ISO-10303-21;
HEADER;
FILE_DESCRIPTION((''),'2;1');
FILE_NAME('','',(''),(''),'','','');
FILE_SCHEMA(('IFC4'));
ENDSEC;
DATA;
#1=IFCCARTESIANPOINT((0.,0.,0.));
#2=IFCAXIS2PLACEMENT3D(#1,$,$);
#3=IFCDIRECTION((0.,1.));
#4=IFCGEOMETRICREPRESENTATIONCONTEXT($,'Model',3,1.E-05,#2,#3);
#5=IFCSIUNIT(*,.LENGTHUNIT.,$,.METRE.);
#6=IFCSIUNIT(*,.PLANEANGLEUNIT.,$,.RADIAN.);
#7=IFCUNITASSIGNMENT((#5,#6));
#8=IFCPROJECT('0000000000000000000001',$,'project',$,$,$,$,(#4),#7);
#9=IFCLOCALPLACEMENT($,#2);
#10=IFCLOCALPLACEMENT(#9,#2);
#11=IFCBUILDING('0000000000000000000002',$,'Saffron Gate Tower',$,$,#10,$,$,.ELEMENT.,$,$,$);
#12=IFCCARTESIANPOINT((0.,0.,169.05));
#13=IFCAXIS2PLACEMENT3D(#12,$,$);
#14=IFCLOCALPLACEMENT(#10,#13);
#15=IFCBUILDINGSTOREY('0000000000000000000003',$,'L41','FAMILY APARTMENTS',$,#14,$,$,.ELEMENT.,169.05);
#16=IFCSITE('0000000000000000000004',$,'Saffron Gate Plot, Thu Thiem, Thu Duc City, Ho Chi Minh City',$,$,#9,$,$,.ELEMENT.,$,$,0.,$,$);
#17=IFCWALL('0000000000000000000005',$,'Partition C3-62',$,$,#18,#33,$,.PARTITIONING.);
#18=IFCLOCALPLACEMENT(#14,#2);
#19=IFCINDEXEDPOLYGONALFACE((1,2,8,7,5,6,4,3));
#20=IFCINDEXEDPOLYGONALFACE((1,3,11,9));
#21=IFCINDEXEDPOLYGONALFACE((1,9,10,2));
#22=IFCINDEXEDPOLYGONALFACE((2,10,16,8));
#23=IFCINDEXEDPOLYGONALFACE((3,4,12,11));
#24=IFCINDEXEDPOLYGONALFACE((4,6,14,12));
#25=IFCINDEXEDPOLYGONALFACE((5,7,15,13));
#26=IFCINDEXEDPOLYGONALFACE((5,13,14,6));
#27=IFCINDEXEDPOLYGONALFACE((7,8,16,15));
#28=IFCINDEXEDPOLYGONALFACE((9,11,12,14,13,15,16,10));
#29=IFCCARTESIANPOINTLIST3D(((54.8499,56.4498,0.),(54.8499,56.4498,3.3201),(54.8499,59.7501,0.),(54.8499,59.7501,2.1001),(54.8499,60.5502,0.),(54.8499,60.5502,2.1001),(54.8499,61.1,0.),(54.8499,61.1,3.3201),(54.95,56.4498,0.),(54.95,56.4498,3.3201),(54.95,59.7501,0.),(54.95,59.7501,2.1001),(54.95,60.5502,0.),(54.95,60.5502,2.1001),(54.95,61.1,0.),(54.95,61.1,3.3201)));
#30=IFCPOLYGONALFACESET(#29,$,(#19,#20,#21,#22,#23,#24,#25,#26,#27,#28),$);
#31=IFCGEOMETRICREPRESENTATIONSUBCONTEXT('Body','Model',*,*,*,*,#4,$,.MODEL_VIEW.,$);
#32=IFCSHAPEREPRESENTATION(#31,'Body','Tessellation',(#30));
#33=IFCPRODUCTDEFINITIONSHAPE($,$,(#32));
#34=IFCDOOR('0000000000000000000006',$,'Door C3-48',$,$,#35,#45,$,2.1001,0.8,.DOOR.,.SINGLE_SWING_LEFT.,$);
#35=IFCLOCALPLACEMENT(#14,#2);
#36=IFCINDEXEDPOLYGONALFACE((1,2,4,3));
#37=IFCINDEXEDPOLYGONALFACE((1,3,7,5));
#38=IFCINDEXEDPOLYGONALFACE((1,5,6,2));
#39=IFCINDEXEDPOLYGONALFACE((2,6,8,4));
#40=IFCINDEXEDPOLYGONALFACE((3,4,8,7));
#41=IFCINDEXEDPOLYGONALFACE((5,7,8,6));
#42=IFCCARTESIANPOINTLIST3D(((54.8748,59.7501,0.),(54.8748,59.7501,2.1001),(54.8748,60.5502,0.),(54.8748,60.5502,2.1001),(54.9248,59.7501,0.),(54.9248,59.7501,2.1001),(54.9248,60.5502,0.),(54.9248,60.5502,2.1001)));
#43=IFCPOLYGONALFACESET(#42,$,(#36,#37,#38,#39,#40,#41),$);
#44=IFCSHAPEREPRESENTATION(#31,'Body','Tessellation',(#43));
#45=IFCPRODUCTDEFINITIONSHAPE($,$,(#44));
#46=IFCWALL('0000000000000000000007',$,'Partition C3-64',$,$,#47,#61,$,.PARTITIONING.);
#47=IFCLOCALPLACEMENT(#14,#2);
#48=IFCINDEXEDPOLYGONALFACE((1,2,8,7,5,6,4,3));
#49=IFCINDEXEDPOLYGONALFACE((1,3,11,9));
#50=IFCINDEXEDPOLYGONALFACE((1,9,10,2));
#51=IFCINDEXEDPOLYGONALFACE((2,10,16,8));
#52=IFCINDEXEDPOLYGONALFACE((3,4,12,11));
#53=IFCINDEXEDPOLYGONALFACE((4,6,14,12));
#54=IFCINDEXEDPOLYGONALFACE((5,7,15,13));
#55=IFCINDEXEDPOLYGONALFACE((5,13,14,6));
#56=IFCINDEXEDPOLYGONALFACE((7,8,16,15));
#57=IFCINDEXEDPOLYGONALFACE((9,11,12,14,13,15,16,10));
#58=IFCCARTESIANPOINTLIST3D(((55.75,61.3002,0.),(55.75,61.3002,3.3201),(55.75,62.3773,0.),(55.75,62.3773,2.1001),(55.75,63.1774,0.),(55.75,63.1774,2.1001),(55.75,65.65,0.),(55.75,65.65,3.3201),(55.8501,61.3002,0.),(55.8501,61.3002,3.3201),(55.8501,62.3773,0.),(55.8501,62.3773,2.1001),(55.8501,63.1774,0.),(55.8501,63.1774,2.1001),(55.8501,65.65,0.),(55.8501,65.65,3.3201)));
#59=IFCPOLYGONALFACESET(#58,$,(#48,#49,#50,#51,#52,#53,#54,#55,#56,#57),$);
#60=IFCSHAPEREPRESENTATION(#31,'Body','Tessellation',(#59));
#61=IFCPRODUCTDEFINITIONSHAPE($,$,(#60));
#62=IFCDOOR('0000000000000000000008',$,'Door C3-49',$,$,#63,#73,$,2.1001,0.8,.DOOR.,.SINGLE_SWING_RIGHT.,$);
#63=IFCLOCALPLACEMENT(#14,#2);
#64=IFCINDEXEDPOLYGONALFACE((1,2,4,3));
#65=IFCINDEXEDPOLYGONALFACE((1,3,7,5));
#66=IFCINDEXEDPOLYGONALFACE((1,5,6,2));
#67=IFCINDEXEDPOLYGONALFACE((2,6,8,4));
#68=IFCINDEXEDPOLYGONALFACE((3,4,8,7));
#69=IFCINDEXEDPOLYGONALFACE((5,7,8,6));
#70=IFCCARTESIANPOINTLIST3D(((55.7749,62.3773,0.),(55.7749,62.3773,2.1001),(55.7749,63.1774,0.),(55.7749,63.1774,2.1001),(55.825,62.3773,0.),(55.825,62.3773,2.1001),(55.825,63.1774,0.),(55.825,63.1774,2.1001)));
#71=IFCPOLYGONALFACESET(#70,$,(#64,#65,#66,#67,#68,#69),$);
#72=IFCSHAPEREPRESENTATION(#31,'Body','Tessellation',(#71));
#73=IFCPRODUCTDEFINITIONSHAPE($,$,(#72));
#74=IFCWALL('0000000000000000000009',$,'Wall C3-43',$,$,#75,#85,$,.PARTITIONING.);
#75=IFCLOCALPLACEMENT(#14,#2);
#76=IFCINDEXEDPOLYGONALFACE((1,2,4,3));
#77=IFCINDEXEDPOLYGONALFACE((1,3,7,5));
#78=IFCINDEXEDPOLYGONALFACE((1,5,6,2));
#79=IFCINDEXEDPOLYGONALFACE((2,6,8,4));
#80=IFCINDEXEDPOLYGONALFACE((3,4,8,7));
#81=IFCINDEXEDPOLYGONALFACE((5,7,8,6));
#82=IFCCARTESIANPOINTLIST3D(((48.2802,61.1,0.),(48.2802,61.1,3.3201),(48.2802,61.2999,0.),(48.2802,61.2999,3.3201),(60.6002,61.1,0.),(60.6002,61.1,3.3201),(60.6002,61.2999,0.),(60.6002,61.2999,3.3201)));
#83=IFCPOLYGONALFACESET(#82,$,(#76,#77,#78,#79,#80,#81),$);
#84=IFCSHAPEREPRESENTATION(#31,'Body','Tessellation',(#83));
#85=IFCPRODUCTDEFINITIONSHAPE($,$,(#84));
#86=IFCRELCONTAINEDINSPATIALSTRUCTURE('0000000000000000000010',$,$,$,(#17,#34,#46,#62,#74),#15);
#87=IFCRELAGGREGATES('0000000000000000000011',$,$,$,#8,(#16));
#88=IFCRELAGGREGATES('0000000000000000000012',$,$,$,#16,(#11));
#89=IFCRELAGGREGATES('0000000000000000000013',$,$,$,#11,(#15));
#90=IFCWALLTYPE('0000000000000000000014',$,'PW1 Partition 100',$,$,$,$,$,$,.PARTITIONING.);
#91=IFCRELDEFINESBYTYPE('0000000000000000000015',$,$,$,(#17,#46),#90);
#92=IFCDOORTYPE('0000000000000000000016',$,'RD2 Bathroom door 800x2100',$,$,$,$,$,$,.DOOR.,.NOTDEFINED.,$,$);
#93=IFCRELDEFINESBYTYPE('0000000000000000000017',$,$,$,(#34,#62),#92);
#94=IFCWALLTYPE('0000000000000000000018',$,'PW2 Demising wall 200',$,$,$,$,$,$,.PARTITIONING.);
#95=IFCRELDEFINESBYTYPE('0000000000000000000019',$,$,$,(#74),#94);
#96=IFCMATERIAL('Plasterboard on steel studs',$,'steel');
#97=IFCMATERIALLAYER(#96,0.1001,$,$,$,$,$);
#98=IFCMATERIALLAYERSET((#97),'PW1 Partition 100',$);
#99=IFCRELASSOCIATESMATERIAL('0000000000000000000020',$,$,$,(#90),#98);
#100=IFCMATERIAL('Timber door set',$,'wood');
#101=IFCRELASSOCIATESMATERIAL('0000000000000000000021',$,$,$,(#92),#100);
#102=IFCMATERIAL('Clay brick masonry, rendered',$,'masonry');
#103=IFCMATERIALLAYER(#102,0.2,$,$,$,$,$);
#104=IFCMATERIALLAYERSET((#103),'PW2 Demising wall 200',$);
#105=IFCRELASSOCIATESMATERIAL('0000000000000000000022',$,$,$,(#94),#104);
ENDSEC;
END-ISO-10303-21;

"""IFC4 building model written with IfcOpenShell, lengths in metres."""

from ifc_helpers import new_model, si_unit, direction, frame, frame_2d, origin, place, context, subcontext, project, spatial, rectangle, extrude, material, layer, layer_set, type_object, element, fill, save


model = new_model("IFC4")

# Units and contexts
model_context = context("Model", 3, precision=1e-05, world=origin(), true_north=direction((0.0, 1.0)))
body_context = subcontext(model_context, "Body", "Model", "MODEL_VIEW")
ifc_project = project(units=[si_unit("LENGTHUNIT", "METRE"), si_unit("PLANEANGLEUNIT", "RADIAN")], contexts=[model_context])

# Site, building, storey
site_placement = place(None, origin())
site = spatial("IfcSite", under=ifc_project, at=site_placement, Name="Saffron Gate Plot, Thu Thiem, Thu Duc City, Ho Chi Minh City", CompositionType="ELEMENT", RefElevation=0.0)
building_placement = place(site_placement, origin())
building = spatial("IfcBuilding", under=site, at=building_placement, Name="Saffron Gate Tower", CompositionType="ELEMENT")
storey_placement = place(building_placement, frame((0.0, 0.0, 169.05)))
storey = spatial("IfcBuildingStorey", under=building, at=storey_placement, Name="L41", Description="FAMILY APARTMENTS", CompositionType="ELEMENT", Elevation=169.05)

# Shared definitions
ifc_material_1 = material(Name="Plasterboard on steel studs", Category="steel")
ifc_layer_1 = layer(ifc_material_1, 0.1001)
ifc_layer_set_1 = layer_set([ifc_layer_1], Name="PW1 Partition 100")
wall_type_1 = type_object("IfcWallType", Name="PW1 Partition 100", PredefinedType="PARTITIONING", material=ifc_layer_set_1)

# Shared definitions
ifc_material_2 = material(Name="Timber door set", Category="wood")

# Walls, openings, doors
wall_1_placement = place(storey_placement, frame((54.8999, 61.1001, 0.0), z_axis=(0.0, 0.0, 1.0), x_axis=(0.0, -1.0, 0.0)))
wall_1 = element("IfcWall", 1, at=wall_1_placement, inside=storey, type_object=wall_type_1, Name="Partition C3-62", PredefinedType="PARTITIONING", context=body_context, shape_type="SweptSolid", body=[
    extrude(rectangle(XDim=4.6501, YDim=0.1001, at=frame_2d((2.3252, 0.0))), origin(), (0.0, 0.0, 1.0), 3.3201),
])
opening_1_placement = place(wall_1_placement, frame((0.55, 0.0, 0.0)))
opening_1 = element("IfcOpeningElement", 2, at=opening_1_placement, cuts=wall_1, PredefinedType="OPENING", context=body_context, shape_type="SweptSolid", body=[
    extrude(rectangle(XDim=0.8, YDim=2.1001, at=frame_2d((0.3999, 1.05))), frame((0.0, 0.0601, 0.0), z_axis=(0.0, -1.0, 0.0), x_axis=(1.0, 0.0, 0.0)), (0.0, 0.0, 1.0), 0.1201),
])
door_type_1 = type_object("IfcDoorType", Name="RD2 Bathroom door 800x2100", OperationType="NOTDEFINED", PredefinedType="DOOR", material=ifc_material_2)
door_1_placement = place(opening_1_placement, origin())
door_1 = element("IfcDoor", 3, at=door_1_placement, inside=storey, type_object=door_type_1, Name="Door C3-48", OperationType="SINGLE_SWING_LEFT", OverallHeight=2.1001, OverallWidth=0.8, PredefinedType="DOOR", context=body_context, shape_type="SweptSolid", body=[
    extrude(rectangle(XDim=0.8, YDim=2.1001, at=frame_2d((0.3999, 1.05))), frame((0.0, 0.0249, 0.0), z_axis=(0.0, -1.0, 0.0), x_axis=(1.0, 0.0, 0.0)), (0.0, 0.0, 1.0), 0.05),
])
fill(opening_1, door_1)
wall_2_placement = place(storey_placement, frame((55.8, 65.6499, 0.0), z_axis=(0.0, 0.0, 1.0), x_axis=(0.0, -1.0, 0.0)))
wall_2 = element("IfcWall", 4, at=wall_2_placement, inside=storey, type_object=wall_type_1, Name="Partition C3-64", PredefinedType="PARTITIONING", context=body_context, shape_type="SweptSolid", body=[
    extrude(rectangle(XDim=4.3499, YDim=0.1001, at=frame_2d((2.1748, 0.0))), origin(), (0.0, 0.0, 1.0), 3.3201),
])
opening_2_placement = place(wall_2_placement, frame((2.4727, 0.0, 0.0)))
opening_2 = element("IfcOpeningElement", 5, at=opening_2_placement, cuts=wall_2, PredefinedType="OPENING", context=body_context, shape_type="SweptSolid", body=[
    extrude(rectangle(XDim=0.8, YDim=2.1001, at=frame_2d((0.3999, 1.05))), frame((0.0, 0.0601, 0.0), z_axis=(0.0, -1.0, 0.0), x_axis=(1.0, 0.0, 0.0)), (0.0, 0.0, 1.0), 0.1201),
])
door_2_placement = place(opening_2_placement, origin())
door_2 = element("IfcDoor", 6, at=door_2_placement, inside=storey, type_object=door_type_1, Name="Door C3-49", OperationType="SINGLE_SWING_RIGHT", OverallHeight=2.1001, OverallWidth=0.8, PredefinedType="DOOR", context=body_context, shape_type="SweptSolid", body=[
    extrude(rectangle(XDim=0.8, YDim=2.1001, at=frame_2d((0.3999, 1.05))), frame((0.0, 0.0249, 0.0), z_axis=(0.0, -1.0, 0.0), x_axis=(1.0, 0.0, 0.0)), (0.0, 0.0, 1.0), 0.05),
])
fill(opening_2, door_2)

# Wall
ifc_material_3 = material(Name="Clay brick masonry, rendered", Category="masonry")
ifc_layer_2 = layer(ifc_material_3, 0.2)
ifc_layer_set_2 = layer_set([ifc_layer_2], Name="PW2 Demising wall 200")
wall_type_2 = type_object("IfcWallType", Name="PW2 Demising wall 200", PredefinedType="PARTITIONING", material=ifc_layer_set_2)
wall_3_placement = place(storey_placement, frame((48.28, 61.2, 0.0), z_axis=(0.0, 0.0, 1.0), x_axis=(1.0, 0.0, 0.0)))
element("IfcWall", 7, at=wall_3_placement, inside=storey, type_object=wall_type_2, Name="Wall C3-43", PredefinedType="PARTITIONING", context=body_context, shape_type="SweptSolid", body=[
    extrude(rectangle(XDim=12.3201, YDim=0.2, at=frame_2d((6.1602, 0.0))), origin(), (0.0, 0.0, 1.0), 3.3201),
])

save(model, "model.ifc")
